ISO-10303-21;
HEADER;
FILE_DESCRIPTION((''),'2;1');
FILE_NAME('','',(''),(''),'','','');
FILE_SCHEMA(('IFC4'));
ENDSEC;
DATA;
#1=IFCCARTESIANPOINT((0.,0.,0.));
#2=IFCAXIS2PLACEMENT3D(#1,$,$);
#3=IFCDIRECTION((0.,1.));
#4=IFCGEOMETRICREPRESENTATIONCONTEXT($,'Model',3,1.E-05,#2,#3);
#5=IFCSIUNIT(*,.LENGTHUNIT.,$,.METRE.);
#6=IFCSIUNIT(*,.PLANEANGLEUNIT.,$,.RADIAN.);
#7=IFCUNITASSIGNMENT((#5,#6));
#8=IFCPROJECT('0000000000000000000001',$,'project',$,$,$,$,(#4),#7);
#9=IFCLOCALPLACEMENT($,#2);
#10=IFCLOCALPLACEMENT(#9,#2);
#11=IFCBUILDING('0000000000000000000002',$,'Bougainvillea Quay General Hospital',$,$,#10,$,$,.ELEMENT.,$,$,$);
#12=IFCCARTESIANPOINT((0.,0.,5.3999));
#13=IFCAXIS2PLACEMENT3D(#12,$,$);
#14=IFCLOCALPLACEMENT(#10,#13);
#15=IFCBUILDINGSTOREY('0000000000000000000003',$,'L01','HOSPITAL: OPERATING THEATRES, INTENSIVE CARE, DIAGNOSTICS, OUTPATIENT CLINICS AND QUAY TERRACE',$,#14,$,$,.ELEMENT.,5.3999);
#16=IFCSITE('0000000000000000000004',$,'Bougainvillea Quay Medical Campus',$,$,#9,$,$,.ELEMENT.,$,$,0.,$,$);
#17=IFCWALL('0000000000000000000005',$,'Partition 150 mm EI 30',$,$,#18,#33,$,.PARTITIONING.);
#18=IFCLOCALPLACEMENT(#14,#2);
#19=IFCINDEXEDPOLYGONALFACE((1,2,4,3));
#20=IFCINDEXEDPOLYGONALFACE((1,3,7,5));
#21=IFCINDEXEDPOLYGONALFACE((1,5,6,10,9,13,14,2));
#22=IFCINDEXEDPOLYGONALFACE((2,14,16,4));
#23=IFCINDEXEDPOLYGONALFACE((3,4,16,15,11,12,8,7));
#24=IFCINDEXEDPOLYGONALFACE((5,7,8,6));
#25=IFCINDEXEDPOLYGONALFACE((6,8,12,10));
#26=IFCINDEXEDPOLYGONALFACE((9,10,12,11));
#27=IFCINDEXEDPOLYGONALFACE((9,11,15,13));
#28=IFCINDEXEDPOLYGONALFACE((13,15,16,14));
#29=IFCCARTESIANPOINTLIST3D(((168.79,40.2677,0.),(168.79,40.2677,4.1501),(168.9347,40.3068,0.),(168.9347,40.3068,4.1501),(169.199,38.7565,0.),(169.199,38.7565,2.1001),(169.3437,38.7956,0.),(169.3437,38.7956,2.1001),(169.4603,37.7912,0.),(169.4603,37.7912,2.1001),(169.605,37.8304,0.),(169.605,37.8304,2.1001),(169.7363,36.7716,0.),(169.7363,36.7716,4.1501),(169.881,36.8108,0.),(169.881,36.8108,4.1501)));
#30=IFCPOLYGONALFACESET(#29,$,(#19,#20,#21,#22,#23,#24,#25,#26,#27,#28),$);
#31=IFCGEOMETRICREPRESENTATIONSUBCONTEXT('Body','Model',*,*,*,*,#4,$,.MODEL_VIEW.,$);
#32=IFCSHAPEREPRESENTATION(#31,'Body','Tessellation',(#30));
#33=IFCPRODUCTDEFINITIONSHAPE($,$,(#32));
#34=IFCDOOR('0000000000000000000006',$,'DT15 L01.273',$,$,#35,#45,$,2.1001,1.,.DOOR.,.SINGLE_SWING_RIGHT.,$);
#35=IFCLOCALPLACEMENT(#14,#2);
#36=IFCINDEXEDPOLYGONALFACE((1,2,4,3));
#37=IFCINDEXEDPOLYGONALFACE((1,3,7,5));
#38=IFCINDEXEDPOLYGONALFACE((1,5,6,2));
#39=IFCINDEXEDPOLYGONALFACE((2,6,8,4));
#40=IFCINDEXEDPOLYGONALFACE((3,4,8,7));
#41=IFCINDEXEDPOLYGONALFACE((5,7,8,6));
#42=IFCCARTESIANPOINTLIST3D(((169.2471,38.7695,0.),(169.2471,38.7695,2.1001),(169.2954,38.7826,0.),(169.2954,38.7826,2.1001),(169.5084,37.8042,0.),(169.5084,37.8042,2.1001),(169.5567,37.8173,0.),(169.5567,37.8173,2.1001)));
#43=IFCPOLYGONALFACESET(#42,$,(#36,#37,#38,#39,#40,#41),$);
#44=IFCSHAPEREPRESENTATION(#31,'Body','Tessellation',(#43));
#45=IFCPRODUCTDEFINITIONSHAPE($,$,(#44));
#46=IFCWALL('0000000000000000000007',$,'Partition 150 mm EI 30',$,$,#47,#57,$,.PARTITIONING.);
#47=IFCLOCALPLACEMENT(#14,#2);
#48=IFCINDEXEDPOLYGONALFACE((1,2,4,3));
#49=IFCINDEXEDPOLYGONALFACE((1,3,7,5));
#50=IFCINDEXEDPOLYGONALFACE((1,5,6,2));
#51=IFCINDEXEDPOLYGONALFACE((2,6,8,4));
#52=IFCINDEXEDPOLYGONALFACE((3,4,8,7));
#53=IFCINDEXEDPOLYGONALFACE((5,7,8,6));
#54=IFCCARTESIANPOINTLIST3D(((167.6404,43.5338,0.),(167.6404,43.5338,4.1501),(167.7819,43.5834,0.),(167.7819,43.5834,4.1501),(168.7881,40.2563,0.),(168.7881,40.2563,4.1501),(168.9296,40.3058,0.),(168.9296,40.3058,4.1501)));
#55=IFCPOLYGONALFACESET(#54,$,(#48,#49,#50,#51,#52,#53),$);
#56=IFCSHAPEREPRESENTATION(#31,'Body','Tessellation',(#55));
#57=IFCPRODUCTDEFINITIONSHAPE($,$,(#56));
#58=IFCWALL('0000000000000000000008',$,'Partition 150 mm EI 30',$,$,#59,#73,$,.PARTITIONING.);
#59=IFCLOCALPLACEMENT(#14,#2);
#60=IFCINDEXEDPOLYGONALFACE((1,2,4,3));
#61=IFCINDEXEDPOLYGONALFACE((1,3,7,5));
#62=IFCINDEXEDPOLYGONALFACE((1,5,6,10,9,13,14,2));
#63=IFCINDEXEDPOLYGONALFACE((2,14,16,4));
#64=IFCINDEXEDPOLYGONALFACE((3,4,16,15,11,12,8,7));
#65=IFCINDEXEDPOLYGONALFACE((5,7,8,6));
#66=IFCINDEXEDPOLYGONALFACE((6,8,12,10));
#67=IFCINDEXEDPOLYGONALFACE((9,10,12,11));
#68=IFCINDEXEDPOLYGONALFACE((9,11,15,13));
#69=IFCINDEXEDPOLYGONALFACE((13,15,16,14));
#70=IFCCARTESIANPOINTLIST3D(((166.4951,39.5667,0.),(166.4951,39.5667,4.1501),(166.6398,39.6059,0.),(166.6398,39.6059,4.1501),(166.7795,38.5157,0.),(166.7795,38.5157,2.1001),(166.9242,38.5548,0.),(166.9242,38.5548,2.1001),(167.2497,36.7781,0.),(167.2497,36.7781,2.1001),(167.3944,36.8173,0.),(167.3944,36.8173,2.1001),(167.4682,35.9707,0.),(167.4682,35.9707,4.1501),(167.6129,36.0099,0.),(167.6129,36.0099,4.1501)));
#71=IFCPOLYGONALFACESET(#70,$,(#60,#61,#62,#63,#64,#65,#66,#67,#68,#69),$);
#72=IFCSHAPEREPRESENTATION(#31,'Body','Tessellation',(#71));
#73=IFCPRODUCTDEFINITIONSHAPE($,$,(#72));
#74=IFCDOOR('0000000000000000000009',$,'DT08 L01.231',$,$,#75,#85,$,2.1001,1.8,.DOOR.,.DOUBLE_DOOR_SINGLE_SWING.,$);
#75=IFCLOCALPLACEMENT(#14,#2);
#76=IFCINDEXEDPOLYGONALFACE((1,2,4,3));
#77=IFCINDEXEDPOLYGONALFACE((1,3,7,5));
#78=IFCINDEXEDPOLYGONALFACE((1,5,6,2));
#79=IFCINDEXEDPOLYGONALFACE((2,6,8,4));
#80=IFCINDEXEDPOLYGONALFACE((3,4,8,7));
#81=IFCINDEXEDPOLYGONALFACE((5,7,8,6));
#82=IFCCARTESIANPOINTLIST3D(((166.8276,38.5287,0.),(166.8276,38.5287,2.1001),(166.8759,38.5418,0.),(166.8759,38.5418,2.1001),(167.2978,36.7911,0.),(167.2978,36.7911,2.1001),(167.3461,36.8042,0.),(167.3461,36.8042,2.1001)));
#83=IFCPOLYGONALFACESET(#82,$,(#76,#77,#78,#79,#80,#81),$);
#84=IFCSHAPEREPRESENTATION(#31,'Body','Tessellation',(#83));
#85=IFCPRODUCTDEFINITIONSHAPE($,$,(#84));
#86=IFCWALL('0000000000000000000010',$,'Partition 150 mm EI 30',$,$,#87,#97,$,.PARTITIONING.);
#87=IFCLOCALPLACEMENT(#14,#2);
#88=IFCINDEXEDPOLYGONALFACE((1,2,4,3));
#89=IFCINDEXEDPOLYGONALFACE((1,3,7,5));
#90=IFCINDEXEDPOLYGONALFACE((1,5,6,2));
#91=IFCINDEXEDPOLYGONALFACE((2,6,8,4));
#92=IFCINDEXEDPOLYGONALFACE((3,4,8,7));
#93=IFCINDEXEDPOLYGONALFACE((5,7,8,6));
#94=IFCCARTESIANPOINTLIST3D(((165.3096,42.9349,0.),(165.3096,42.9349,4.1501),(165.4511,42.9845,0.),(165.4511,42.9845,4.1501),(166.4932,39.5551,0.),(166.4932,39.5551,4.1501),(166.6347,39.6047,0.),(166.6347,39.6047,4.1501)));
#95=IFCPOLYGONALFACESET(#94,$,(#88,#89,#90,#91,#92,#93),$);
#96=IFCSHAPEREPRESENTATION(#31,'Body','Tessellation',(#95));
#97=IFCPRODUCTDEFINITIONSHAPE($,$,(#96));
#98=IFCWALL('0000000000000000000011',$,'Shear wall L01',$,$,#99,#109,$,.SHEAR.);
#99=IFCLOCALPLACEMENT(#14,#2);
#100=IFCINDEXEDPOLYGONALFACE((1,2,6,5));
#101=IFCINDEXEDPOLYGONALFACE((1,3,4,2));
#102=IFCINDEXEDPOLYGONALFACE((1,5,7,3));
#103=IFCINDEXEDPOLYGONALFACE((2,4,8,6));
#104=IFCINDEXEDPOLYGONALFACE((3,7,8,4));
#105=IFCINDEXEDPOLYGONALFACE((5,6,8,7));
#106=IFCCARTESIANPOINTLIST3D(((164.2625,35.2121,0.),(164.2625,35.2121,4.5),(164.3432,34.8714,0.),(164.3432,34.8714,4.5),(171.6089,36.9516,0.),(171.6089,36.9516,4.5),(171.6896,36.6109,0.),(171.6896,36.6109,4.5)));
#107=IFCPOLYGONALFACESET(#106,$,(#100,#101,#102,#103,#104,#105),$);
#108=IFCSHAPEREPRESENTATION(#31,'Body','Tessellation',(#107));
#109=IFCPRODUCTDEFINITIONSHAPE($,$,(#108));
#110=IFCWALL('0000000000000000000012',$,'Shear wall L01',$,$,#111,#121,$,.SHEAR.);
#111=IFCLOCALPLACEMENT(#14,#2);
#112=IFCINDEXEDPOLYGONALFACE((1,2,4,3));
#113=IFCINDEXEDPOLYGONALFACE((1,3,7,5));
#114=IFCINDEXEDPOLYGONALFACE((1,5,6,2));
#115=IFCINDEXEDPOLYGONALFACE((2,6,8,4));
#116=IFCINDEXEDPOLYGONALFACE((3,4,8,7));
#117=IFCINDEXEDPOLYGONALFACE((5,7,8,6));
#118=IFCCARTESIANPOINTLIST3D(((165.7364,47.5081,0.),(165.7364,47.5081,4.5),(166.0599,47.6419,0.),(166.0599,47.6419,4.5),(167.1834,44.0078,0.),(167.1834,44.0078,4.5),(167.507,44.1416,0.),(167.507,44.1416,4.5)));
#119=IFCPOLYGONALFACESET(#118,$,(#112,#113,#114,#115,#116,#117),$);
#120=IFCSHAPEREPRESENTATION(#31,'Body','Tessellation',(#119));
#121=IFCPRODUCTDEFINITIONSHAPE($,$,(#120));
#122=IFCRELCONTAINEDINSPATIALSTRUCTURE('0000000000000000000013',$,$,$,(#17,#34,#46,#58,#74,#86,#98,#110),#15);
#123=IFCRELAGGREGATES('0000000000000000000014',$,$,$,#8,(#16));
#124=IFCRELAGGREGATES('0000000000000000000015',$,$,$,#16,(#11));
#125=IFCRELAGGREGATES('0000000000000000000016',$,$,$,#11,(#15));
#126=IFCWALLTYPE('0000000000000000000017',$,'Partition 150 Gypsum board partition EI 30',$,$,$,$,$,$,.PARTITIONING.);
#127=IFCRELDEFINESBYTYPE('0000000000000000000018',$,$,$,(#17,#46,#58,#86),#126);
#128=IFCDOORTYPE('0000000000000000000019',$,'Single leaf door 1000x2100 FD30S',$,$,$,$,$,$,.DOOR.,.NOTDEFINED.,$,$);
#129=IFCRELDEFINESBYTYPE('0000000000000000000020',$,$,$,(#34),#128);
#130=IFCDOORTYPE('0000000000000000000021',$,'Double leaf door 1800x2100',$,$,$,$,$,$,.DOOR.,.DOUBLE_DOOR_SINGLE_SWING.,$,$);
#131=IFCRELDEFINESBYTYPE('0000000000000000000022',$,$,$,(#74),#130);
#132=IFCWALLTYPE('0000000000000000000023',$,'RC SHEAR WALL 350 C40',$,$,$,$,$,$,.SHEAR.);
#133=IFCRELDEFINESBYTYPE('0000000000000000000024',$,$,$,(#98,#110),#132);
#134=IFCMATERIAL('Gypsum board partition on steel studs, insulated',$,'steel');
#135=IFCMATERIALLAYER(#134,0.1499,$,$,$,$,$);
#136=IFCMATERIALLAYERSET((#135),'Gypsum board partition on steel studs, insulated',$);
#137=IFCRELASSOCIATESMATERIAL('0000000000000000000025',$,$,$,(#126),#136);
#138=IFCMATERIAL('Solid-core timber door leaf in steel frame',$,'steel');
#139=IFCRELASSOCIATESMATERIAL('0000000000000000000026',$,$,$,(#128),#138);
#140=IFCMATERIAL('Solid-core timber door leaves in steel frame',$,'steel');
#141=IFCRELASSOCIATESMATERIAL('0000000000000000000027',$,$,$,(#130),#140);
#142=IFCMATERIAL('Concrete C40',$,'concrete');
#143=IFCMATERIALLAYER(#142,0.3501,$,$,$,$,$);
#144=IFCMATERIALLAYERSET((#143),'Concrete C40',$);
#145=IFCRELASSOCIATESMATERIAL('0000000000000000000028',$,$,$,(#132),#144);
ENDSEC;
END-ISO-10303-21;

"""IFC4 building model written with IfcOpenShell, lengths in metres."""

from ifc_helpers import new_model, si_unit, direction, frame, frame_2d, origin, place, context, subcontext, project, spatial, rectangle, extrude, material, layer, layer_set, type_object, element, fill, save


model = new_model("IFC4")

# Units and contexts
model_context = context("Model", 3, precision=1e-05, world=origin(), true_north=direction((0.0, 1.0)))
body_context = subcontext(model_context, "Body", "Model", "MODEL_VIEW")
ifc_project = project(units=[si_unit("LENGTHUNIT", "METRE"), si_unit("PLANEANGLEUNIT", "RADIAN")], contexts=[model_context])

# Site, building, storey
site_placement = place(None, origin())
site = spatial("IfcSite", under=ifc_project, at=site_placement, Name="Bougainvillea Quay Medical Campus", CompositionType="ELEMENT", RefElevation=0.0)
building_placement = place(site_placement, origin())
building = spatial("IfcBuilding", under=site, at=building_placement, Name="Bougainvillea Quay General Hospital", CompositionType="ELEMENT")
storey_placement = place(building_placement, frame((0.0, 0.0, 5.3999)))
storey = spatial("IfcBuildingStorey", under=building, at=storey_placement, Name="L01", Description="HOSPITAL: OPERATING THEATRES, INTENSIVE CARE, DIAGNOSTICS, OUTPATIENT CLINICS AND QUAY TERRACE", CompositionType="ELEMENT", Elevation=5.3999)

# Wall, opening, door
ifc_material_1 = material(Name="Gypsum board partition on steel studs, insulated", Category="steel")
ifc_layer_1 = layer(ifc_material_1, 0.1499)
ifc_layer_set_1 = layer_set([ifc_layer_1], Name="Gypsum board partition on steel studs, insulated")
wall_type_1 = type_object("IfcWallType", Name="Partition 150 Gypsum board partition EI 30", PredefinedType="PARTITIONING", material=ifc_layer_set_1)
wall_1_placement = place(storey_placement, frame((168.8623, 40.2874, 0.0), z_axis=(0.0, 0.0, 1.0), x_axis=(0.261269, -0.965266, 0.0)))
wall_1 = element("IfcWall", 1, at=wall_1_placement, inside=storey, type_object=wall_type_1, Name="Partition 150 mm EI 30", PredefinedType="PARTITIONING", context=body_context, shape_type="SweptSolid", body=[
    extrude(rectangle(XDim=3.6218, YDim=0.1499, at=frame_2d((1.811, 0.0))), origin(), (0.0, 0.0, 1.0), 4.1501),
])
opening_1_placement = place(wall_1_placement, frame((1.5657, 0.0, 0.0)))
opening_1 = element("IfcOpeningElement", 2, at=opening_1_placement, cuts=wall_1, PredefinedType="OPENING", context=body_context, shape_type="SweptSolid", body=[
    extrude(rectangle(XDim=1.0, YDim=2.1001, at=frame_2d((0.5, 1.05))), frame((0.0, 0.085, 0.0), z_axis=(0.0, -1.0, 0.0), x_axis=(1.0, 0.0, 0.0)), (0.0, 0.0, 1.0), 0.1699),
])
ifc_material_2 = material(Name="Solid-core timber door leaf in steel frame", Category="steel")
door_type_1 = type_object("IfcDoorType", Name="Single leaf door 1000x2100 FD30S", OperationType="NOTDEFINED", PredefinedType="DOOR", material=ifc_material_2)
door_1_placement = place(opening_1_placement, origin())
door_1 = element("IfcDoor", 3, at=door_1_placement, inside=storey, type_object=door_type_1, Name="DT15 L01.273", OperationType="SINGLE_SWING_RIGHT", OverallHeight=2.1001, OverallWidth=1.0, PredefinedType="DOOR", context=body_context, shape_type="SweptSolid", body=[
    extrude(rectangle(XDim=1.0, YDim=2.1001, at=frame_2d((0.5, 1.05))), frame((0.0, 0.0249, 0.0), z_axis=(0.0, -1.0, 0.0), x_axis=(1.0, 0.0, 0.0)), (0.0, 0.0, 1.0), 0.05),
])
fill(opening_1, door_1)

# Wall
wall_2_placement = place(storey_placement, frame((167.7112, 43.5586, 0.0), z_axis=(0.0, 0.0, 1.0), x_axis=(0.330491, -0.943809, 0.0)))
element("IfcWall", 4, at=wall_2_placement, inside=storey, type_object=wall_type_1, Name="Partition 150 mm EI 30", PredefinedType="PARTITIONING", context=body_context, shape_type="SweptSolid", body=[
    extrude(rectangle(XDim=3.4727, YDim=0.1499, at=frame_2d((1.7363, 0.0))), origin(), (0.0, 0.0, 1.0), 4.1501),
])

# Wall, opening, door
wall_3_placement = place(storey_placement, frame((166.5674, 39.5864, 0.0), z_axis=(0.0, 0.0, 1.0), x_axis=(0.261226, -0.965278, 0.0)))
wall_3 = element("IfcWall", 5, at=wall_3_placement, inside=storey, type_object=wall_type_1, Name="Partition 150 mm EI 30", PredefinedType="PARTITIONING", context=body_context, shape_type="SweptSolid", body=[
    extrude(rectangle(XDim=3.7253, YDim=0.1499, at=frame_2d((1.8628, 0.0))), origin(), (0.0, 0.0, 1.0), 4.1501),
])
opening_2_placement = place(wall_3_placement, frame((1.0891, 0.0, 0.0)))
opening_2 = element("IfcOpeningElement", 6, at=opening_2_placement, cuts=wall_3, PredefinedType="OPENING", context=body_context, shape_type="SweptSolid", body=[
    extrude(rectangle(XDim=1.8, YDim=2.1001, at=frame_2d((0.8999, 1.05))), frame((0.0, 0.085, 0.0), z_axis=(0.0, -1.0, 0.0), x_axis=(1.0, 0.0, 0.0)), (0.0, 0.0, 1.0), 0.1699),
])
ifc_material_3 = material(Name="Solid-core timber door leaves in steel frame", Category="steel")
door_type_2 = type_object("IfcDoorType", Name="Double leaf door 1800x2100", OperationType="DOUBLE_DOOR_SINGLE_SWING", PredefinedType="DOOR", material=ifc_material_3)
door_2_placement = place(opening_2_placement, origin())
door_2 = element("IfcDoor", 7, at=door_2_placement, inside=storey, type_object=door_type_2, Name="DT08 L01.231", OperationType="DOUBLE_DOOR_SINGLE_SWING", OverallHeight=2.1001, OverallWidth=1.8, PredefinedType="DOOR", context=body_context, shape_type="SweptSolid", body=[
    extrude(rectangle(XDim=1.8, YDim=2.1001, at=frame_2d((0.8999, 1.05))), frame((0.0, 0.0249, 0.0), z_axis=(0.0, -1.0, 0.0), x_axis=(1.0, 0.0, 0.0)), (0.0, 0.0, 1.0), 0.05),
])
fill(opening_2, door_2)

# Walls
wall_4_placement = place(storey_placement, frame((165.3804, 42.9597, 0.0), z_axis=(0.0, 0.0, 1.0), x_axis=(0.330508, -0.943803, 0.0)))
element("IfcWall", 8, at=wall_4_placement, inside=storey, type_object=wall_type_1, Name="Partition 150 mm EI 30", PredefinedType="PARTITIONING", context=body_context, shape_type="SweptSolid", body=[
    extrude(rectangle(XDim=3.5811, YDim=0.1499, at=frame_2d((1.7905, 0.0))), origin(), (0.0, 0.0, 1.0), 4.1501),
])
ifc_material_4 = material(Name="Concrete C40", Category="concrete")
ifc_layer_2 = layer(ifc_material_4, 0.3501)
ifc_layer_set_2 = layer_set([ifc_layer_2], Name="Concrete C40")
wall_type_2 = type_object("IfcWallType", Name="RC SHEAR WALL 350 C40", PredefinedType="SHEAR", material=ifc_layer_set_2)
wall_5_placement = place(storey_placement, frame((164.3027, 35.0417, 0.0), z_axis=(0.0, 0.0, 1.0), x_axis=(0.973093, 0.230411, 0.0)))
element("IfcWall", 9, at=wall_5_placement, inside=storey, type_object=wall_type_2, Name="Shear wall L01", PredefinedType="SHEAR", context=body_context, shape_type="SweptSolid", body=[
    extrude(rectangle(XDim=7.5496, YDim=0.3501, at=frame_2d((3.7749, 0.0))), origin(), (0.0, 0.0, 1.0), 4.5),
])
wall_6_placement = place(storey_placement, frame((167.3452, 44.0747, 0.0), z_axis=(0.0, 0.0, 1.0), x_axis=(-0.382046, 0.924143, 0.0)))
element("IfcWall", 10, at=wall_6_placement, inside=storey, type_object=wall_type_2, Name="Shear wall L01", PredefinedType="SHEAR", context=body_context, shape_type="SweptSolid", body=[
    extrude(rectangle(XDim=3.7876, YDim=0.3501, at=frame_2d((1.8938, 0.0))), origin(), (0.0, 0.0, 1.0), 4.5),
])

save(model, "model.ifc")
